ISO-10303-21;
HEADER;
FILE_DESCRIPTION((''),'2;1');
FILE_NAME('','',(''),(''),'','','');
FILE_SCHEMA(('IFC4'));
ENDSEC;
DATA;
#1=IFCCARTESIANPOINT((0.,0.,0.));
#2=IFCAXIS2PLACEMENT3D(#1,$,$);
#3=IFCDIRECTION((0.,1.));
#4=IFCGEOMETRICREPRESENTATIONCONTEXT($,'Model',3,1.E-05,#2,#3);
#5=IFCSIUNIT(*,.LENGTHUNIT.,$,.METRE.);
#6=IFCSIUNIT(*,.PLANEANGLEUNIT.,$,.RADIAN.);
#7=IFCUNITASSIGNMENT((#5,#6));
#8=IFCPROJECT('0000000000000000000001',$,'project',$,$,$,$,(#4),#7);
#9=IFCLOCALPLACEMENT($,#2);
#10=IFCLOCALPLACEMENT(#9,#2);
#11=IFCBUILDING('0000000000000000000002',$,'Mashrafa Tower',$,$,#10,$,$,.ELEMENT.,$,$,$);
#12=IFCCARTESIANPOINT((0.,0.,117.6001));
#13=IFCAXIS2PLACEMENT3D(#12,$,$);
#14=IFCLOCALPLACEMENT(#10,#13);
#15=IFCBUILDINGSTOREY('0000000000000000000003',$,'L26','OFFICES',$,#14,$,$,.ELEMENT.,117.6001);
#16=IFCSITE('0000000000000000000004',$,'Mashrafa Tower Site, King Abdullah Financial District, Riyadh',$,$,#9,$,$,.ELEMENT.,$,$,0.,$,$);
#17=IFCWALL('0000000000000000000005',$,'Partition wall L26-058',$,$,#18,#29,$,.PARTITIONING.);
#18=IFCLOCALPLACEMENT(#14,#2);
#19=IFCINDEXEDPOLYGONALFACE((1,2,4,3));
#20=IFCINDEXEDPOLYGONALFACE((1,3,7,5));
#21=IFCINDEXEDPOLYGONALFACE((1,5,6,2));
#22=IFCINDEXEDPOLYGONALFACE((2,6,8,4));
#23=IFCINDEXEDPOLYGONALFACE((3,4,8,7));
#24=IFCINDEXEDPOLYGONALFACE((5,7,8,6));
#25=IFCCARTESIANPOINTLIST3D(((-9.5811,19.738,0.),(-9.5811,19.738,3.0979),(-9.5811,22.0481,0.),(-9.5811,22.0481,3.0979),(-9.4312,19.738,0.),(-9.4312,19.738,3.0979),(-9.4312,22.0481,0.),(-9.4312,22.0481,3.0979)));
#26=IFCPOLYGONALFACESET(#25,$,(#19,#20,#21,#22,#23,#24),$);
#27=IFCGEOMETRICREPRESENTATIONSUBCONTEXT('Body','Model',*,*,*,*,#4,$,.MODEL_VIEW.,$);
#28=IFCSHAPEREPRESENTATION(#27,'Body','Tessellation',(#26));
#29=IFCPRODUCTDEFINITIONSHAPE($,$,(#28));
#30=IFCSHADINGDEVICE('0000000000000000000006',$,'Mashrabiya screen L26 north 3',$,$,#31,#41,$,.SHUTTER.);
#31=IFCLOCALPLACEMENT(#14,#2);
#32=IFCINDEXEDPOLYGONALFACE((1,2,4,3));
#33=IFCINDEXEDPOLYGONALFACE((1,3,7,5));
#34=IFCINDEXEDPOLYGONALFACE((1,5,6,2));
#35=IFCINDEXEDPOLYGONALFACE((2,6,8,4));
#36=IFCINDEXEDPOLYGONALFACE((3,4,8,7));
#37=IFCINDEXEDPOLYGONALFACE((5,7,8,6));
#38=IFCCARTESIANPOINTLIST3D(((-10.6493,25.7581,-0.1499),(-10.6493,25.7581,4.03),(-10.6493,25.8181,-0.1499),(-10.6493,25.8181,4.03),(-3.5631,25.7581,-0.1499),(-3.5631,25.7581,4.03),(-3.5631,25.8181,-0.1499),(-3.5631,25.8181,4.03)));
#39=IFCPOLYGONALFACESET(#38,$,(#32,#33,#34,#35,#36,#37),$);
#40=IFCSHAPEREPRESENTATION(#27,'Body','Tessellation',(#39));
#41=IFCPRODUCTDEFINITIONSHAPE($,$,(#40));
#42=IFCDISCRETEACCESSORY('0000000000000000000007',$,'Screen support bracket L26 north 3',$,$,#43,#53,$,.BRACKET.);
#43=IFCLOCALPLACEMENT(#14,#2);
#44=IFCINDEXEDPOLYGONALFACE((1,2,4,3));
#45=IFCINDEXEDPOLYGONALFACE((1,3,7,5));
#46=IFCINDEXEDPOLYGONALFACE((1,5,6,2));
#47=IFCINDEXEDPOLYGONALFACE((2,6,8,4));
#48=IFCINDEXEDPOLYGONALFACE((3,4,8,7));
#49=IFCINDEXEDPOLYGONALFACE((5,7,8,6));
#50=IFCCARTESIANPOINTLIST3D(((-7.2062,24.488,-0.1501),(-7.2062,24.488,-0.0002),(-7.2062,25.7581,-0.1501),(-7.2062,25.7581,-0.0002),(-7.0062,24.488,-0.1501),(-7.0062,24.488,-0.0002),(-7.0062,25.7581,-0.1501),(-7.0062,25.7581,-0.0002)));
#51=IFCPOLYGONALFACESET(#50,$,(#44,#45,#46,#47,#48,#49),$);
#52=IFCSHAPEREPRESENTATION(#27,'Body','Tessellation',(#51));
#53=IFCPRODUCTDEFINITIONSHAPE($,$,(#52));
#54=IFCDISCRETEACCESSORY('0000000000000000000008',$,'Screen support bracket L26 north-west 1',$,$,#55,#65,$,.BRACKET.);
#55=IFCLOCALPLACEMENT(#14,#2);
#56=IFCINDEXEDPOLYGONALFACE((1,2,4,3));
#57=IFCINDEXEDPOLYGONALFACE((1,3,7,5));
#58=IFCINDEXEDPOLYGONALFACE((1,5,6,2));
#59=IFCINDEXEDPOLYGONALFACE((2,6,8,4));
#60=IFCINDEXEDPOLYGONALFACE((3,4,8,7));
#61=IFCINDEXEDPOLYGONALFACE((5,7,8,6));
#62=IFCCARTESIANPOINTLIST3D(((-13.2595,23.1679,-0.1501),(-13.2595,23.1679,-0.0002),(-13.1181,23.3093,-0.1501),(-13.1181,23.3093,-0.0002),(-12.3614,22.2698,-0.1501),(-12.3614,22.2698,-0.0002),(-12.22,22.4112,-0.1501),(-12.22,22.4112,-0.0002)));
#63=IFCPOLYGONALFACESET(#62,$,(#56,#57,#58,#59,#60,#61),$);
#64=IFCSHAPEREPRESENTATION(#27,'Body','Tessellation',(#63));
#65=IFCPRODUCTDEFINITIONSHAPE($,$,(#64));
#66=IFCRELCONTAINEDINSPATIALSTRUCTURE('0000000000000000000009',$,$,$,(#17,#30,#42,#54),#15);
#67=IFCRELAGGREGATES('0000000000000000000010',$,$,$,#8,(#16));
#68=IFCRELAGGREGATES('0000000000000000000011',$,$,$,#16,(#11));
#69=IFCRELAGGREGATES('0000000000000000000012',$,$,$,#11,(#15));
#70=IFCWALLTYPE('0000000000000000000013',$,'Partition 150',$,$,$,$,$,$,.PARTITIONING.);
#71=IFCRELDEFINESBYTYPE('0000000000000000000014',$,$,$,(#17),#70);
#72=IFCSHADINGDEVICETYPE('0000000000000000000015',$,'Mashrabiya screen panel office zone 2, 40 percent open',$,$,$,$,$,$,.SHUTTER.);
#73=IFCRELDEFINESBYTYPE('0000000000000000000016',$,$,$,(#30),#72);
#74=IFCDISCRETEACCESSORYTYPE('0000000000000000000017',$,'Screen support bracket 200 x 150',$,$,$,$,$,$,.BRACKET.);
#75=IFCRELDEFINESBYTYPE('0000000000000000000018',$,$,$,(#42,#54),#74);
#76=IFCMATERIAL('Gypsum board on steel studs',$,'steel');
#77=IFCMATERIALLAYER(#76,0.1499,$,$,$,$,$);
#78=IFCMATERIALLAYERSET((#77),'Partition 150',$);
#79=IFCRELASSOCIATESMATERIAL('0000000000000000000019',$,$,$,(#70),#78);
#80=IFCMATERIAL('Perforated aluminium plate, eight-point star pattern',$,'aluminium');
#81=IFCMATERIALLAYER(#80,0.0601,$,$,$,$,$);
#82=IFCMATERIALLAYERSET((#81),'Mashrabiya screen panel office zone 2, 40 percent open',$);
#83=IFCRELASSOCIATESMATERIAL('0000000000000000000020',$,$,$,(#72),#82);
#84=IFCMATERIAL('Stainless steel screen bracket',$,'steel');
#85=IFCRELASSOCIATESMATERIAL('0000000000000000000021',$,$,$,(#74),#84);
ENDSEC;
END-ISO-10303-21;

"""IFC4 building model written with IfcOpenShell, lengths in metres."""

from ifc_helpers import new_model, si_unit, direction, frame, frame_2d, origin, origin_2d, place, context, subcontext, project, spatial, rectangle, extrude, source, transform, mapped, material, layer, layer_set, type_object, type_shapes, element, save


model = new_model("IFC4")

# Units and contexts
model_context = context("Model", 3, precision=1e-05, world=origin(), true_north=direction((0.0, 1.0)))
body_context = subcontext(model_context, "Body", "Model", "MODEL_VIEW")
ifc_project = project(units=[si_unit("LENGTHUNIT", "METRE"), si_unit("PLANEANGLEUNIT", "RADIAN")], contexts=[model_context])

# Site, building, storey
site_placement = place(None, origin())
site = spatial("IfcSite", under=ifc_project, at=site_placement, Name="Mashrafa Tower Site, King Abdullah Financial District, Riyadh", CompositionType="ELEMENT", RefElevation=0.0)
building_placement = place(site_placement, origin())
building = spatial("IfcBuilding", under=site, at=building_placement, Name="Mashrafa Tower", CompositionType="ELEMENT")
storey_placement = place(building_placement, frame((0.0, 0.0, 117.6001)))
storey = spatial("IfcBuildingStorey", under=building, at=storey_placement, Name="L26", Description="OFFICES", CompositionType="ELEMENT", Elevation=117.6001)

# Shared definitions
ifc_material_1 = material(Name="Gypsum board on steel studs", Category="steel")
ifc_layer_1 = layer(ifc_material_1, 0.1499)
ifc_layer_set_1 = layer_set([ifc_layer_1], Name="Partition 150")
wall_type_1 = type_object("IfcWallType", Name="Partition 150", PredefinedType="PARTITIONING", material=ifc_layer_set_1)

# Wall
wall_1_placement = place(storey_placement, frame((-9.5061, 22.0481, 0.0), z_axis=(0.0, 0.0, 1.0), x_axis=(0.0, -1.0, 0.0)))
element("IfcWall", 1, at=wall_1_placement, inside=storey, type_object=wall_type_1, Name="Partition wall L26-058", PredefinedType="PARTITIONING", context=body_context, shape_type="SweptSolid", body=[
    extrude(rectangle(XDim=2.3101, YDim=0.1499, at=frame_2d((1.155, 0.0))), origin(), (0.0, 0.0, 1.0), 3.0979),
])

# Shading device
ifc_material_2 = material(Name="Perforated aluminium plate, eight-point star pattern", Category="aluminium")
ifc_layer_2 = layer(ifc_material_2, 0.0601)
ifc_layer_set_2 = layer_set([ifc_layer_2], Name="Mashrabiya screen panel office zone 2, 40 percent open")
shading_device_type = type_object("IfcShadingDeviceType", Name="Mashrabiya screen panel office zone 2, 40 percent open", PredefinedType="SHUTTER", material=ifc_layer_set_2)
shared_shape_1 = source(origin(), body_context, "Body", "SweptSolid", [
    extrude(rectangle(XDim=7.0862, YDim=0.0601, at=origin_2d()), origin(), (0.0, 0.0, 1.0), 4.1799),
])
type_shapes(shading_device_type, [shared_shape_1])
shading_device_placement = place(storey_placement, frame((-7.1062, 25.7881, -0.1499), z_axis=(0.0, 0.0, 1.0), x_axis=(-1.0, 0.0, 0.0)))
element("IfcShadingDevice", 2, at=shading_device_placement, inside=storey, type_object=shading_device_type, Name="Mashrabiya screen L26 north 3", PredefinedType="SHUTTER", context=body_context, shape_type="MappedRepresentation", body=[
    mapped(shared_shape_1, transform((0.0, 0.0, 0.0))),
])

# Discrete accessories
ifc_material_3 = material(Name="Stainless steel screen bracket", Category="steel")
discrete_accessory_type = type_object("IfcDiscreteAccessoryType", Name="Screen support bracket 200 x 150", PredefinedType="BRACKET", material=ifc_material_3)
shared_shape_2 = source(origin(), body_context, "Body", "SweptSolid", [
    extrude(rectangle(XDim=0.2, YDim=1.27, at=origin_2d()), origin(), (0.0, 0.0, 1.0), 0.1499),
])
type_shapes(discrete_accessory_type, [shared_shape_2])
for number, where, z_axis, x_axis, name in (
    (3, (-7.1062, 25.123, -0.1501), (0.0, 0.0, 1.0), (-1.0, 0.0, 0.0), "Screen support bracket L26 north 3"),
    (4, (-12.7397, 22.7896, -0.1501), (0.0, 0.0, 1.0), (-0.707107, -0.707107, 0.0), "Screen support bracket L26 north-west 1"),
):
    element("IfcDiscreteAccessory", number, at=place(storey_placement, frame(where, z_axis=z_axis, x_axis=x_axis)), inside=storey, type_object=discrete_accessory_type, Name=name, PredefinedType="BRACKET", context=body_context, shape_type="MappedRepresentation", body=[
        mapped(shared_shape_2, transform((0.0, 0.0, 0.0))),
    ])

save(model, "model.ifc")
